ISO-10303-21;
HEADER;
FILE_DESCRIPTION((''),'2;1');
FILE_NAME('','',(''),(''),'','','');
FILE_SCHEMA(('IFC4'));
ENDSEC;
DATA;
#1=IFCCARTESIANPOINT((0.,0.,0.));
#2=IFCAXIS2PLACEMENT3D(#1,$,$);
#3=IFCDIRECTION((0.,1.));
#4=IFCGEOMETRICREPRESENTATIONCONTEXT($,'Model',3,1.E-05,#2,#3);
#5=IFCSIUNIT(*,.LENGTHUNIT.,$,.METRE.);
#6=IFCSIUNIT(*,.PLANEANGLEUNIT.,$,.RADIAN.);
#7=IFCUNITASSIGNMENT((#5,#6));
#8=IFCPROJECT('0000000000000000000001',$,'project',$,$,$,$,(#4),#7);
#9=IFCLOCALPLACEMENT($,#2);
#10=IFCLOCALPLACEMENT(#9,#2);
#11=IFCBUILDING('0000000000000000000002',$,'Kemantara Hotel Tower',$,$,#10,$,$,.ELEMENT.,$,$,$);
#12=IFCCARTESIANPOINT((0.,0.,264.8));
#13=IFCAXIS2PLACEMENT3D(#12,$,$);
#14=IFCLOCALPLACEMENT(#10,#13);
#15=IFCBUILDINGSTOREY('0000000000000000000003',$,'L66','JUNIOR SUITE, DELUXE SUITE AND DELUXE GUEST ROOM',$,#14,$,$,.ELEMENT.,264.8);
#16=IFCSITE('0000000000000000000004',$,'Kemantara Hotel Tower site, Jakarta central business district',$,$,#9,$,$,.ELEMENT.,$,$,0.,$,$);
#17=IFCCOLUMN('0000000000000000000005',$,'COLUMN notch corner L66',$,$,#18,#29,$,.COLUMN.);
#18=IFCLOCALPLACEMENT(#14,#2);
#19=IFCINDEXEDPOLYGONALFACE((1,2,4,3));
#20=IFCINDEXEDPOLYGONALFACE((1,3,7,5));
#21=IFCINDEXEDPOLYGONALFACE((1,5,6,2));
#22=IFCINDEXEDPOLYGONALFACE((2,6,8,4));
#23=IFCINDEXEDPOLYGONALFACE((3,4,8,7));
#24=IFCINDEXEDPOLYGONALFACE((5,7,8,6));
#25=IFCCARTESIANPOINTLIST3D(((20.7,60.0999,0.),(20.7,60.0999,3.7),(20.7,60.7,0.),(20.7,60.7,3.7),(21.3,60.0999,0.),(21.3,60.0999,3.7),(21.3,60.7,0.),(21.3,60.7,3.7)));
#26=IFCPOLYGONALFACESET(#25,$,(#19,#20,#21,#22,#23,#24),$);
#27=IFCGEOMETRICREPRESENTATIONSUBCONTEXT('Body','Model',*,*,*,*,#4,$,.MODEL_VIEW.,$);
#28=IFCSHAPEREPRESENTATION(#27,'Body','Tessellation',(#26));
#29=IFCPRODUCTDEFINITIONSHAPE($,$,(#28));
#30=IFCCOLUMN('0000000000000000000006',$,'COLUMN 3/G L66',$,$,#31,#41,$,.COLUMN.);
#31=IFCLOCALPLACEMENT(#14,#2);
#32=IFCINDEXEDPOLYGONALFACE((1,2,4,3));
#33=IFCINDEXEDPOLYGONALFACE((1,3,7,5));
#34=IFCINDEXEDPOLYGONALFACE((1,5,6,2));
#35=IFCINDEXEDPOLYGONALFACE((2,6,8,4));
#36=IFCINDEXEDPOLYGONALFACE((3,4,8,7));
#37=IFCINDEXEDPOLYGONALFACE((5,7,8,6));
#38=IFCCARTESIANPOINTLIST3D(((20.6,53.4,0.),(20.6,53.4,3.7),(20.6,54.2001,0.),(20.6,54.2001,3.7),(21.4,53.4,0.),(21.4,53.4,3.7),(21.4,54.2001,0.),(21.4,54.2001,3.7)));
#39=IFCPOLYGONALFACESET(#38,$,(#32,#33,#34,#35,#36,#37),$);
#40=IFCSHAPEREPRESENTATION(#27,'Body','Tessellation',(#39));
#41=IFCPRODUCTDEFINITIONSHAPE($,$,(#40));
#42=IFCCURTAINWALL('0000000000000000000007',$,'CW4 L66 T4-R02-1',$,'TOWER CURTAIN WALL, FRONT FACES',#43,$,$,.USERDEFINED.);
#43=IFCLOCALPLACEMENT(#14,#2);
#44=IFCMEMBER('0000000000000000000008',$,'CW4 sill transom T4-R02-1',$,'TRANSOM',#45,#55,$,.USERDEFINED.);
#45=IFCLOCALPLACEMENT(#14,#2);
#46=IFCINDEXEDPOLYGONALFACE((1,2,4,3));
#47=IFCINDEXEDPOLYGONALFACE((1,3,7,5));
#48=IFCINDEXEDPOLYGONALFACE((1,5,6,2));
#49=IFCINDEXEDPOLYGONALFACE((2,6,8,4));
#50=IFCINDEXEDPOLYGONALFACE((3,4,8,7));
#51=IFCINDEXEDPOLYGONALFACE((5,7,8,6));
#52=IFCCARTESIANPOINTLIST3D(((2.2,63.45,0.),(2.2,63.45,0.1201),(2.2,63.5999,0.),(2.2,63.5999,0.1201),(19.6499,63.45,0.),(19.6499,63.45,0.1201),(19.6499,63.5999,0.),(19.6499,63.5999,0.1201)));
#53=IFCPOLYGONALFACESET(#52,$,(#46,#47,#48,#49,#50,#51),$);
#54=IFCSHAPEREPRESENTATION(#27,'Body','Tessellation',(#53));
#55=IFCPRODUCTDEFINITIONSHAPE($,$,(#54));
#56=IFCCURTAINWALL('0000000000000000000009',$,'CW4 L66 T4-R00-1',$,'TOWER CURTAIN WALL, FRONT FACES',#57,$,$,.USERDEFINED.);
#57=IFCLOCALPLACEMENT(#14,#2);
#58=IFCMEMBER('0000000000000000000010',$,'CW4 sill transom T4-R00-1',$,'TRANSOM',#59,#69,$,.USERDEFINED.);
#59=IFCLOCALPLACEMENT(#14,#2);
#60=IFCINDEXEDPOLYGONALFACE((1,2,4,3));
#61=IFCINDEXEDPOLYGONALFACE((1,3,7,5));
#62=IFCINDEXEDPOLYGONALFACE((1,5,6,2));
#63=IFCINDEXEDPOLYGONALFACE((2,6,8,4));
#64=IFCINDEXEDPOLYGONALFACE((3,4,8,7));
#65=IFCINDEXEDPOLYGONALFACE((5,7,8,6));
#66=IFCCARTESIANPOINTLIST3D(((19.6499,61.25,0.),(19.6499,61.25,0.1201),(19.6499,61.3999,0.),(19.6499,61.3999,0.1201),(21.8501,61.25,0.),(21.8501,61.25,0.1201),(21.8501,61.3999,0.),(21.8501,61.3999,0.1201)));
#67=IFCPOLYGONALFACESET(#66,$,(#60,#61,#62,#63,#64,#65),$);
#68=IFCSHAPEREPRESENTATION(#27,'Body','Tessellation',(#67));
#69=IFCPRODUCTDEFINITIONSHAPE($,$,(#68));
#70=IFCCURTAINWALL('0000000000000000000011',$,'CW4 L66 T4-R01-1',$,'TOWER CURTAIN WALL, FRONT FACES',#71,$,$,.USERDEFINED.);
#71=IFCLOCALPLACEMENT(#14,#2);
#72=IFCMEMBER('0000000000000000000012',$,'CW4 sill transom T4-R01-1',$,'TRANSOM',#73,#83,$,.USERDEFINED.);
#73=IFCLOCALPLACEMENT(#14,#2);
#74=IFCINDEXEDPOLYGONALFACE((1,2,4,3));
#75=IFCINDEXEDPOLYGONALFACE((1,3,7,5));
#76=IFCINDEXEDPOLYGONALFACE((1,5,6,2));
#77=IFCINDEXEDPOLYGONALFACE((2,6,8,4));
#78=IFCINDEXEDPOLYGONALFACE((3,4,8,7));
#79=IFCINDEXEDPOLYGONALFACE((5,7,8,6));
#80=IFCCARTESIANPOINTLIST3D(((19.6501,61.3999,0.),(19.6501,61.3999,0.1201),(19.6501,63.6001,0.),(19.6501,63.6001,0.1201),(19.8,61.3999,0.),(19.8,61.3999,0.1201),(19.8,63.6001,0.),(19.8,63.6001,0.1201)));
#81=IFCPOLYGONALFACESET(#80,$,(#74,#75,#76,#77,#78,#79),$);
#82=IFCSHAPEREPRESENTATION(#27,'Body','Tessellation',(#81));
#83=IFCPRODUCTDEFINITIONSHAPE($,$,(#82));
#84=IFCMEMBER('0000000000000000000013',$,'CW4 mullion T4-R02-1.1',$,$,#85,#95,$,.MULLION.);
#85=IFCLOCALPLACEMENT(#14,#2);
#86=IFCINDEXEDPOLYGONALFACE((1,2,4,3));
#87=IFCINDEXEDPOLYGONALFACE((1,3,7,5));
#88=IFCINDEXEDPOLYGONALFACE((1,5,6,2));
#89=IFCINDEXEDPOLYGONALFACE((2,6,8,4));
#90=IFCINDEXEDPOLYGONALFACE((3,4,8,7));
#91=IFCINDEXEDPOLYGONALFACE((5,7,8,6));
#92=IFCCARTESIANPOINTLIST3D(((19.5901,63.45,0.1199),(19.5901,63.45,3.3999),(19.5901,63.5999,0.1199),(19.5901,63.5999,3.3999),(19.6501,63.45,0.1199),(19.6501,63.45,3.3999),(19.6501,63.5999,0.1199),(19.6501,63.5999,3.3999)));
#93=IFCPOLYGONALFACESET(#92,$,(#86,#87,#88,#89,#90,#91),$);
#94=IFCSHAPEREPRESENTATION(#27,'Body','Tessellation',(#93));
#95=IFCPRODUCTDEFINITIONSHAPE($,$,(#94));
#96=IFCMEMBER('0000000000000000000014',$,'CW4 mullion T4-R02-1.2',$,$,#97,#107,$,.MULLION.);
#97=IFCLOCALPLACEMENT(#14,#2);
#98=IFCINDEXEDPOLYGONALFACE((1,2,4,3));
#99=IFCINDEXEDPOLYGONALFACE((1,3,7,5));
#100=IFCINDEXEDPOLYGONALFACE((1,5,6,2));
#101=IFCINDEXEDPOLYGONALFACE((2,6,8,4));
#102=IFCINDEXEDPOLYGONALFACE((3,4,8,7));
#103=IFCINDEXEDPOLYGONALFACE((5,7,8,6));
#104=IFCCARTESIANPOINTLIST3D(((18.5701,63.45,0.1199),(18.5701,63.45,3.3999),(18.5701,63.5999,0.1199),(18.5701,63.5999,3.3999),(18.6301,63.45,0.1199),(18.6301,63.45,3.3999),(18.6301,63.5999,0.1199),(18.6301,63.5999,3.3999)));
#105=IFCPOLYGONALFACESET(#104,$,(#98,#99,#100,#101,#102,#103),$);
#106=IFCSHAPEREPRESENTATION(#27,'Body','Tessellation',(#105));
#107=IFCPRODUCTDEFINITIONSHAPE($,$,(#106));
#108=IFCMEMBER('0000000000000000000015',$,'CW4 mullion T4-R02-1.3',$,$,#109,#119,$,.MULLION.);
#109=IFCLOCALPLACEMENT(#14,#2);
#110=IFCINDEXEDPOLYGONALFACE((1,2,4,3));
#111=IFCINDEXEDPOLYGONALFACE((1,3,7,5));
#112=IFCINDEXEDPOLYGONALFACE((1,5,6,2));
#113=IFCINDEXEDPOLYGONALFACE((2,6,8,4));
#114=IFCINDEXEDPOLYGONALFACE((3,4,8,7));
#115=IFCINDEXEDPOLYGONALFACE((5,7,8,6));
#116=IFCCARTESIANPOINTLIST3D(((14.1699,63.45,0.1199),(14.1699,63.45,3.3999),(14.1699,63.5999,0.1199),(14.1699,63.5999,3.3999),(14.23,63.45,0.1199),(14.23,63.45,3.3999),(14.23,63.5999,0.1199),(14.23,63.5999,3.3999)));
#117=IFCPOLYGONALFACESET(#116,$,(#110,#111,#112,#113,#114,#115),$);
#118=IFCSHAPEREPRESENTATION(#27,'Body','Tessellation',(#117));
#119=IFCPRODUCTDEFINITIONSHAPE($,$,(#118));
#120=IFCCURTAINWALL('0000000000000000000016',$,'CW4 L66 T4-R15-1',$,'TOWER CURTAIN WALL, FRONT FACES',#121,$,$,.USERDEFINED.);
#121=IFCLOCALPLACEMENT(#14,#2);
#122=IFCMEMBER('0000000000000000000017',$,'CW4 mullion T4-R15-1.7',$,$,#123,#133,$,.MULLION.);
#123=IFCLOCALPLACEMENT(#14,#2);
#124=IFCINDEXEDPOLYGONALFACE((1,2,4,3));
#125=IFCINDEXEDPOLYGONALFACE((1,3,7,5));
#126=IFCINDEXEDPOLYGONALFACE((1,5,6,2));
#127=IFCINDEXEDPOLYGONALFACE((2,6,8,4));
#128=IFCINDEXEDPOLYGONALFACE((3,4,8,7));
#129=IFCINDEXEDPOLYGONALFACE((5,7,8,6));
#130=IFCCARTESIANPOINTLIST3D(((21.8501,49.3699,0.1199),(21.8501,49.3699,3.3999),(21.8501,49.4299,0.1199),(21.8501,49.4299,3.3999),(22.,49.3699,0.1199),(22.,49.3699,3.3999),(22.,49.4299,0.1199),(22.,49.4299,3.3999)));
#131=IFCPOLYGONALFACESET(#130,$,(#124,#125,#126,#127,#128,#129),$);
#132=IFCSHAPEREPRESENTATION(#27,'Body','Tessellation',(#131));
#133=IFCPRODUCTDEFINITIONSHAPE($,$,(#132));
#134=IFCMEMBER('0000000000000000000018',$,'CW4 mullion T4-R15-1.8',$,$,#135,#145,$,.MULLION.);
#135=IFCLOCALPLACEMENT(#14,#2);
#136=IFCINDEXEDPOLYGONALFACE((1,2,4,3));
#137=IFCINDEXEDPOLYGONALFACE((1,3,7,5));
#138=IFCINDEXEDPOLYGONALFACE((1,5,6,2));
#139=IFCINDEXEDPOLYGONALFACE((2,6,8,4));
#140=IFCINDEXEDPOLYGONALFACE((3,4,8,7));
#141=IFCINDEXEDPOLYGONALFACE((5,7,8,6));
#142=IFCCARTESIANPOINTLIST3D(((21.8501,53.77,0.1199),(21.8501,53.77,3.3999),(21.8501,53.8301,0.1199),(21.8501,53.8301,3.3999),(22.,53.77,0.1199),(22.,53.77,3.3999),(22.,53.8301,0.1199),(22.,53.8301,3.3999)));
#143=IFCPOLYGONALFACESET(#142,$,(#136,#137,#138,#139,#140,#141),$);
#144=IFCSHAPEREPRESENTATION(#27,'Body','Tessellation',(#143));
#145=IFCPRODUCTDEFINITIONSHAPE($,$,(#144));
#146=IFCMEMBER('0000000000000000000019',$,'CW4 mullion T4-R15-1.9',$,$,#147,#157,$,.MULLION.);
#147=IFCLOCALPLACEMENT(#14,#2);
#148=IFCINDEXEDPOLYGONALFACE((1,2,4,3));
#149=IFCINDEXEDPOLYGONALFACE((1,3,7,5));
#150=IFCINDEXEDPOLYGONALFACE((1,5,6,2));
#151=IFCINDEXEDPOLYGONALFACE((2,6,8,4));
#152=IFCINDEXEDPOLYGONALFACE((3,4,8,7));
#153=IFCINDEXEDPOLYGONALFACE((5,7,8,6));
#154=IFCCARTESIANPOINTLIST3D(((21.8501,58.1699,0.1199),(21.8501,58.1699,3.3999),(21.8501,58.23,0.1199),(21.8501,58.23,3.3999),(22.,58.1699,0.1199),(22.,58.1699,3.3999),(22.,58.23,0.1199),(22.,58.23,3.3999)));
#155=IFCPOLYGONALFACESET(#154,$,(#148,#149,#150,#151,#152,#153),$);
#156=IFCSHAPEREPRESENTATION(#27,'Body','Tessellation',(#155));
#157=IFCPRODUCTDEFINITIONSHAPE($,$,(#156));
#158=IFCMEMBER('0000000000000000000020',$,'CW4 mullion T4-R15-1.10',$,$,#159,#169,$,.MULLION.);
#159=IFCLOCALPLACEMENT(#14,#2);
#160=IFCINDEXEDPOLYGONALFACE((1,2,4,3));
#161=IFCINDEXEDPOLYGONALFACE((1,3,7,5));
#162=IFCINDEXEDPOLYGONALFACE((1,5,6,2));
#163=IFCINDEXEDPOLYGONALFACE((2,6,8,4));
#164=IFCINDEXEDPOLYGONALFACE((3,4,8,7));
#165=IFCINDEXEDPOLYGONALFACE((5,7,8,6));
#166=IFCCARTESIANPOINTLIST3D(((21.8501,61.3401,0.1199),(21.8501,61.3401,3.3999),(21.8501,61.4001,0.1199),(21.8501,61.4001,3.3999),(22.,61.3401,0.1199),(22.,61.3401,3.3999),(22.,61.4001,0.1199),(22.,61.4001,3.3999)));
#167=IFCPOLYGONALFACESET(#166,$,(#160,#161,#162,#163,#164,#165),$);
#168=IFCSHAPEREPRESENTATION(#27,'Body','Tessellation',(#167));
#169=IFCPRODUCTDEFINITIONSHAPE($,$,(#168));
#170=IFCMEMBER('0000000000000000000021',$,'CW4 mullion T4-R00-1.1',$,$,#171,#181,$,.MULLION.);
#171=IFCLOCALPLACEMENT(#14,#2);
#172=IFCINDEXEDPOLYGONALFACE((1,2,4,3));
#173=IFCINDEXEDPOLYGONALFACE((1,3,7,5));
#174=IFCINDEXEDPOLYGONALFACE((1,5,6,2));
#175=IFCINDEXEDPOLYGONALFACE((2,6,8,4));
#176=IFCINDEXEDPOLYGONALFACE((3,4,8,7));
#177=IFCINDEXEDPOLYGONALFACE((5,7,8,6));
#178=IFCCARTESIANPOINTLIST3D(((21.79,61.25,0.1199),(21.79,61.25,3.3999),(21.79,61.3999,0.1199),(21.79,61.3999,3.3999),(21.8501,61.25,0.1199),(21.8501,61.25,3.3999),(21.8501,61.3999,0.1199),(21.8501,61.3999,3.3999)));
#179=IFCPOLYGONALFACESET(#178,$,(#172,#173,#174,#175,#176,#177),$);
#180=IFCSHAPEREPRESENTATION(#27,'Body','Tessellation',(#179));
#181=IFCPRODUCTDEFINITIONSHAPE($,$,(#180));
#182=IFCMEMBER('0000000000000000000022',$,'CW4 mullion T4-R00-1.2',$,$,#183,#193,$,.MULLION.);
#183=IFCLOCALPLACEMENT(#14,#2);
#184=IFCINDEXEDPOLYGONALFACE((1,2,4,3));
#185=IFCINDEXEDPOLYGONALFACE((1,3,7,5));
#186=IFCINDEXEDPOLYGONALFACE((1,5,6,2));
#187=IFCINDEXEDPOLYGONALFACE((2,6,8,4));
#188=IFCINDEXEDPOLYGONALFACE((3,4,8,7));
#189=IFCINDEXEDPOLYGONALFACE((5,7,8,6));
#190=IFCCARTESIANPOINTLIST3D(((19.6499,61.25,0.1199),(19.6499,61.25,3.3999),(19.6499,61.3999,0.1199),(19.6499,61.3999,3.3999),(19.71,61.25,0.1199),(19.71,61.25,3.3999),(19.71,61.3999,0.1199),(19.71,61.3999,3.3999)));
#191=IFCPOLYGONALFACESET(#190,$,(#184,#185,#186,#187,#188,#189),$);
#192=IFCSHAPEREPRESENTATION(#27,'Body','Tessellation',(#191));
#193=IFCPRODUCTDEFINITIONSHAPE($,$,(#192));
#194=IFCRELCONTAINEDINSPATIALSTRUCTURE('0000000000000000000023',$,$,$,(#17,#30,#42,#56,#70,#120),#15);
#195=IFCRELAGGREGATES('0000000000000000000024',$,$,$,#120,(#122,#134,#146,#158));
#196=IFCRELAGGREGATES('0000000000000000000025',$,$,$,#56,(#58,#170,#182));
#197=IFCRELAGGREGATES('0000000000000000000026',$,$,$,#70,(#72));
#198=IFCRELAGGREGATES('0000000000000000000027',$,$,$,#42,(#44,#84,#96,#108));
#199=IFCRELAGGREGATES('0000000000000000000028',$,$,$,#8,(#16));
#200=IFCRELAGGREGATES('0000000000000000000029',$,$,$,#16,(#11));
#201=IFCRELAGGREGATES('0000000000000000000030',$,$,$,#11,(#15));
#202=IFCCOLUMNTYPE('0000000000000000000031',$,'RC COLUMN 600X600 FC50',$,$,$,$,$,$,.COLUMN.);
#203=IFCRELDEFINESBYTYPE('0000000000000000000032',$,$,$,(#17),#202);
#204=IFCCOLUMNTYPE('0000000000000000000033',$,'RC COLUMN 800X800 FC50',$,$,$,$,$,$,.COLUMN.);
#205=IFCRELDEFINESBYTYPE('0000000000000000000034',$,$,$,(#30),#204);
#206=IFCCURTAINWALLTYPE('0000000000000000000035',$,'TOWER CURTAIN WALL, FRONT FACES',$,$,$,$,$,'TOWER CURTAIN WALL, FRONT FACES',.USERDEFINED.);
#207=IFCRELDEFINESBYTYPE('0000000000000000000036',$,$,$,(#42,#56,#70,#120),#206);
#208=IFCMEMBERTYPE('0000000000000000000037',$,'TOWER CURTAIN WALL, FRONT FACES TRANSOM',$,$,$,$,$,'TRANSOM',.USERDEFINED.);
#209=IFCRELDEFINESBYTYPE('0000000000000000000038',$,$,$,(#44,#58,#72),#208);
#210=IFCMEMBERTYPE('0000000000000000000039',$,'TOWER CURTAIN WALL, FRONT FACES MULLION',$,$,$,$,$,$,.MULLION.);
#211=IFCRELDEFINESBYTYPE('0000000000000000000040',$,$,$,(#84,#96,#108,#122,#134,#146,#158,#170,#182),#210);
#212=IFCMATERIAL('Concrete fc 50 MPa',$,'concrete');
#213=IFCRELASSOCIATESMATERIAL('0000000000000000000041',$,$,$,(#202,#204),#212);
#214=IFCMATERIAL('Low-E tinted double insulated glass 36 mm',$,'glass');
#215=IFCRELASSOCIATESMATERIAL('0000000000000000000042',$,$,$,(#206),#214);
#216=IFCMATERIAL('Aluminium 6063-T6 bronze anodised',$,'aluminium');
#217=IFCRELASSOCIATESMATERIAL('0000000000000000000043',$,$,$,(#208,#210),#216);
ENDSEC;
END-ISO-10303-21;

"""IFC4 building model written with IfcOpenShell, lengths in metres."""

from ifc_helpers import new_model, si_unit, direction, frame, origin, origin_2d, place, context, subcontext, project, spatial, rectangle, extrude, source, transform, mapped, material, material_profile, profile_set, type_object, element, aggregate, save


model = new_model("IFC4")

# Units and contexts
model_context = context("Model", 3, precision=1e-05, world=origin(), true_north=direction((0.0, 1.0)))
body_context = subcontext(model_context, "Body", "Model", "MODEL_VIEW")
ifc_project = project(units=[si_unit("LENGTHUNIT", "METRE"), si_unit("PLANEANGLEUNIT", "RADIAN")], contexts=[model_context])

# Site, building, storey
site_placement = place(None, origin())
site = spatial("IfcSite", under=ifc_project, at=site_placement, Name="Kemantara Hotel Tower site, Jakarta central business district", CompositionType="ELEMENT", RefElevation=0.0)
building_placement = place(site_placement, origin())
building = spatial("IfcBuilding", under=site, at=building_placement, Name="Kemantara Hotel Tower", CompositionType="ELEMENT")
storey_placement = place(building_placement, frame((0.0, 0.0, 264.8)))
storey = spatial("IfcBuildingStorey", under=building, at=storey_placement, Name="L66", Description="JUNIOR SUITE, DELUXE SUITE AND DELUXE GUEST ROOM", CompositionType="ELEMENT", Elevation=264.8)

# Columns
ifc_material_1 = material(Name="Concrete fc 50 MPa", Category="concrete")
ifc_material_profile_1 = material_profile(ifc_material_1, rectangle(XDim=0.6001, YDim=0.6001, at=origin_2d()), Name="RC 600X600")
ifc_profile_set_1 = profile_set([ifc_material_profile_1], Name="Concrete fc 50 MPa")
column_type_1 = type_object("IfcColumnType", Name="RC COLUMN 600X600 FC50", PredefinedType="COLUMN", material=ifc_profile_set_1)
column_1_placement = place(storey_placement, frame((21.0, 60.3999, 0.0), z_axis=(0.0, 0.0, 1.0), x_axis=(1.0, 0.0, 0.0)))
element("IfcColumn", 1, at=column_1_placement, inside=storey, type_object=column_type_1, Name="COLUMN notch corner L66", PredefinedType="COLUMN", context=body_context, shape_type="SweptSolid", body=[
    extrude(rectangle(XDim=0.6001, YDim=0.6001, at=origin_2d()), origin(), (0.0, 0.0, 1.0), 3.7),
])
ifc_material_profile_2 = material_profile(ifc_material_1, rectangle(XDim=0.8, YDim=0.8, at=origin_2d()), Name="RC 800X800")
ifc_profile_set_2 = profile_set([ifc_material_profile_2], Name="Concrete fc 50 MPa")
column_type_2 = type_object("IfcColumnType", Name="RC COLUMN 800X800 FC50", PredefinedType="COLUMN", material=ifc_profile_set_2)
column_2_placement = place(storey_placement, frame((21.0, 53.8, 0.0), z_axis=(0.0, 0.0, 1.0), x_axis=(1.0, 0.0, 0.0)))
element("IfcColumn", 2, at=column_2_placement, inside=storey, type_object=column_type_2, Name="COLUMN 3/G L66", PredefinedType="COLUMN", context=body_context, shape_type="SweptSolid", body=[
    extrude(rectangle(XDim=0.8, YDim=0.8, at=origin_2d()), origin(), (0.0, 0.0, 1.0), 3.7),
])

# Curtain walls, members
ifc_material_2 = material(Name="Low-E tinted double insulated glass 36 mm", Category="glass")
curtain_wall_type = type_object("IfcCurtainWallType", Name="TOWER CURTAIN WALL, FRONT FACES", ElementType="TOWER CURTAIN WALL, FRONT FACES", PredefinedType="USERDEFINED", material=ifc_material_2)
curtain_wall_1_placement = place(storey_placement, origin())
curtain_wall_1 = element("IfcCurtainWall", 3, at=curtain_wall_1_placement, inside=storey, type_object=curtain_wall_type, Name="CW4 L66 T4-R02-1", ObjectType="TOWER CURTAIN WALL, FRONT FACES", PredefinedType="USERDEFINED")
ifc_material_3 = material(Name="Aluminium 6063-T6 bronze anodised", Category="aluminium")
ifc_material_profile_3 = material_profile(ifc_material_3, rectangle(XDim=0.1499, YDim=0.1201, at=origin_2d()), Name="TOWER CURTAIN WALL, FRONT FACES TRANSOM")
ifc_profile_set_3 = profile_set([ifc_material_profile_3], Name="Aluminium 6063-T6 bronze anodised")
member_type_1 = type_object("IfcMemberType", Name="TOWER CURTAIN WALL, FRONT FACES TRANSOM", ElementType="TRANSOM", PredefinedType="USERDEFINED", material=ifc_profile_set_3)
member_1_placement = place(storey_placement, frame((19.6499, 63.5249, 0.0601), z_axis=(-1.0, 0.0, 0.0), x_axis=(0.0, -1.0, 0.0)))
member_1 = element("IfcMember", 4, at=member_1_placement, type_object=member_type_1, Name="CW4 sill transom T4-R02-1", ObjectType="TRANSOM", PredefinedType="USERDEFINED", context=body_context, shape_type="SweptSolid", body=[
    extrude(rectangle(XDim=0.1499, YDim=0.1201, at=origin_2d()), origin(), (0.0, 0.0, 1.0), 17.45),
])
curtain_wall_2_placement = place(storey_placement, origin())
curtain_wall_2 = element("IfcCurtainWall", 5, at=curtain_wall_2_placement, inside=storey, type_object=curtain_wall_type, Name="CW4 L66 T4-R00-1", ObjectType="TOWER CURTAIN WALL, FRONT FACES", PredefinedType="USERDEFINED")
member_2_placement = place(storey_placement, frame((21.8501, 61.325, 0.0601), z_axis=(-1.0, 0.0, 0.0), x_axis=(0.0, -1.0, 0.0)))
member_2 = element("IfcMember", 6, at=member_2_placement, type_object=member_type_1, Name="CW4 sill transom T4-R00-1", ObjectType="TRANSOM", PredefinedType="USERDEFINED", context=body_context, shape_type="SweptSolid", body=[
    extrude(rectangle(XDim=0.1499, YDim=0.1201, at=origin_2d()), origin(), (0.0, 0.0, 1.0), 2.2002),
])
curtain_wall_3_placement = place(storey_placement, origin())
curtain_wall_3 = element("IfcCurtainWall", 7, at=curtain_wall_3_placement, inside=storey, type_object=curtain_wall_type, Name="CW4 L66 T4-R01-1", ObjectType="TOWER CURTAIN WALL, FRONT FACES", PredefinedType="USERDEFINED")
member_3_placement = place(storey_placement, frame((19.7251, 61.3999, 0.0601), z_axis=(0.0, 1.0, 0.0), x_axis=(-1.0, 0.0, 0.0)))
member_3 = element("IfcMember", 8, at=member_3_placement, type_object=member_type_1, Name="CW4 sill transom T4-R01-1", ObjectType="TRANSOM", PredefinedType="USERDEFINED", context=body_context, shape_type="SweptSolid", body=[
    extrude(rectangle(XDim=0.1499, YDim=0.1201, at=origin_2d()), origin(), (0.0, 0.0, 1.0), 2.2002),
])

# Members
ifc_material_profile_4 = material_profile(ifc_material_3, rectangle(XDim=0.1499, YDim=0.0601, at=origin_2d()), Name="TOWER CURTAIN WALL, FRONT FACES MULLION")
ifc_profile_set_4 = profile_set([ifc_material_profile_4], Name="Aluminium 6063-T6 bronze anodised")
member_type_2 = type_object("IfcMemberType", Name="TOWER CURTAIN WALL, FRONT FACES MULLION", PredefinedType="MULLION", material=ifc_profile_set_4)
shared_shape_1 = source(origin(), body_context, "Body", "SweptSolid", [
    extrude(rectangle(XDim=0.1499, YDim=0.0601, at=origin_2d()), origin(), (0.0, 0.0, 1.0), 3.28),
])
member_4_placement = place(storey_placement, frame((19.6201, 63.5249, 0.1199), z_axis=(0.0, 0.0, 1.0), x_axis=(0.0, -1.0, 0.0)))
member_4 = element("IfcMember", 9, at=member_4_placement, type_object=member_type_2, Name="CW4 mullion T4-R02-1.1", PredefinedType="MULLION", context=body_context, shape_type="MappedRepresentation", body=[
    mapped(shared_shape_1, transform((0.0, 0.0, 0.0))),
])
member_5_placement = place(storey_placement, frame((18.6001, 63.5249, 0.1199), z_axis=(0.0, 0.0, 1.0), x_axis=(0.0, -1.0, 0.0)))
member_5 = element("IfcMember", 10, at=member_5_placement, type_object=member_type_2, Name="CW4 mullion T4-R02-1.2", PredefinedType="MULLION", context=body_context, shape_type="MappedRepresentation", body=[
    mapped(shared_shape_1, transform((0.0, 0.0, 0.0))),
])
member_6_placement = place(storey_placement, frame((14.2, 63.5249, 0.1199), z_axis=(0.0, 0.0, 1.0), x_axis=(0.0, -1.0, 0.0)))
member_6 = element("IfcMember", 11, at=member_6_placement, type_object=member_type_2, Name="CW4 mullion T4-R02-1.3", PredefinedType="MULLION", context=body_context, shape_type="MappedRepresentation", body=[
    mapped(shared_shape_1, transform((0.0, 0.0, 0.0))),
])

# Curtain wall, members
curtain_wall_4_placement = place(storey_placement, origin())
curtain_wall_4 = element("IfcCurtainWall", 12, at=curtain_wall_4_placement, inside=storey, type_object=curtain_wall_type, Name="CW4 L66 T4-R15-1", ObjectType="TOWER CURTAIN WALL, FRONT FACES", PredefinedType="USERDEFINED")
member_7_placement = place(storey_placement, frame((21.925, 49.3999, 0.1199), z_axis=(0.0, 0.0, 1.0), x_axis=(-1.0, 0.0, 0.0)))
member_7 = element("IfcMember", 13, at=member_7_placement, type_object=member_type_2, Name="CW4 mullion T4-R15-1.7", PredefinedType="MULLION", context=body_context, shape_type="MappedRepresentation", body=[
    mapped(shared_shape_1, transform((0.0, 0.0, 0.0))),
])
member_8_placement = place(storey_placement, frame((21.925, 53.8, 0.1199), z_axis=(0.0, 0.0, 1.0), x_axis=(-1.0, 0.0, 0.0)))
member_8 = element("IfcMember", 14, at=member_8_placement, type_object=member_type_2, Name="CW4 mullion T4-R15-1.8", PredefinedType="MULLION", context=body_context, shape_type="MappedRepresentation", body=[
    mapped(shared_shape_1, transform((0.0, 0.0, 0.0))),
])
member_9_placement = place(storey_placement, frame((21.925, 58.2, 0.1199), z_axis=(0.0, 0.0, 1.0), x_axis=(-1.0, 0.0, 0.0)))
member_9 = element("IfcMember", 15, at=member_9_placement, type_object=member_type_2, Name="CW4 mullion T4-R15-1.9", PredefinedType="MULLION", context=body_context, shape_type="MappedRepresentation", body=[
    mapped(shared_shape_1, transform((0.0, 0.0, 0.0))),
])
member_10_placement = place(storey_placement, frame((21.925, 61.3701, 0.1199), z_axis=(0.0, 0.0, 1.0), x_axis=(-1.0, 0.0, 0.0)))
member_10 = element("IfcMember", 16, at=member_10_placement, type_object=member_type_2, Name="CW4 mullion T4-R15-1.10", PredefinedType="MULLION", context=body_context, shape_type="MappedRepresentation", body=[
    mapped(shared_shape_1, transform((0.0, 0.0, 0.0))),
])

# Members
member_11_placement = place(storey_placement, frame((21.8201, 61.325, 0.1199), z_axis=(0.0, 0.0, 1.0), x_axis=(0.0, -1.0, 0.0)))
member_11 = element("IfcMember", 17, at=member_11_placement, type_object=member_type_2, Name="CW4 mullion T4-R00-1.1", PredefinedType="MULLION", context=body_context, shape_type="MappedRepresentation", body=[
    mapped(shared_shape_1, transform((0.0, 0.0, 0.0))),
])
member_12_placement = place(storey_placement, frame((19.6799, 61.325, 0.1199), z_axis=(0.0, 0.0, 1.0), x_axis=(0.0, -1.0, 0.0)))
member_12 = element("IfcMember", 18, at=member_12_placement, type_object=member_type_2, Name="CW4 mullion T4-R00-1.2", PredefinedType="MULLION", context=body_context, shape_type="MappedRepresentation", body=[
    mapped(shared_shape_1, transform((0.0, 0.0, 0.0))),
])

aggregate(curtain_wall_4, [member_7, member_8, member_9, member_10])
aggregate(curtain_wall_2, [member_2, member_11, member_12])
aggregate(curtain_wall_3, [member_3])
aggregate(curtain_wall_1, [member_1, member_4, member_5, member_6])

save(model, "model.ifc")
